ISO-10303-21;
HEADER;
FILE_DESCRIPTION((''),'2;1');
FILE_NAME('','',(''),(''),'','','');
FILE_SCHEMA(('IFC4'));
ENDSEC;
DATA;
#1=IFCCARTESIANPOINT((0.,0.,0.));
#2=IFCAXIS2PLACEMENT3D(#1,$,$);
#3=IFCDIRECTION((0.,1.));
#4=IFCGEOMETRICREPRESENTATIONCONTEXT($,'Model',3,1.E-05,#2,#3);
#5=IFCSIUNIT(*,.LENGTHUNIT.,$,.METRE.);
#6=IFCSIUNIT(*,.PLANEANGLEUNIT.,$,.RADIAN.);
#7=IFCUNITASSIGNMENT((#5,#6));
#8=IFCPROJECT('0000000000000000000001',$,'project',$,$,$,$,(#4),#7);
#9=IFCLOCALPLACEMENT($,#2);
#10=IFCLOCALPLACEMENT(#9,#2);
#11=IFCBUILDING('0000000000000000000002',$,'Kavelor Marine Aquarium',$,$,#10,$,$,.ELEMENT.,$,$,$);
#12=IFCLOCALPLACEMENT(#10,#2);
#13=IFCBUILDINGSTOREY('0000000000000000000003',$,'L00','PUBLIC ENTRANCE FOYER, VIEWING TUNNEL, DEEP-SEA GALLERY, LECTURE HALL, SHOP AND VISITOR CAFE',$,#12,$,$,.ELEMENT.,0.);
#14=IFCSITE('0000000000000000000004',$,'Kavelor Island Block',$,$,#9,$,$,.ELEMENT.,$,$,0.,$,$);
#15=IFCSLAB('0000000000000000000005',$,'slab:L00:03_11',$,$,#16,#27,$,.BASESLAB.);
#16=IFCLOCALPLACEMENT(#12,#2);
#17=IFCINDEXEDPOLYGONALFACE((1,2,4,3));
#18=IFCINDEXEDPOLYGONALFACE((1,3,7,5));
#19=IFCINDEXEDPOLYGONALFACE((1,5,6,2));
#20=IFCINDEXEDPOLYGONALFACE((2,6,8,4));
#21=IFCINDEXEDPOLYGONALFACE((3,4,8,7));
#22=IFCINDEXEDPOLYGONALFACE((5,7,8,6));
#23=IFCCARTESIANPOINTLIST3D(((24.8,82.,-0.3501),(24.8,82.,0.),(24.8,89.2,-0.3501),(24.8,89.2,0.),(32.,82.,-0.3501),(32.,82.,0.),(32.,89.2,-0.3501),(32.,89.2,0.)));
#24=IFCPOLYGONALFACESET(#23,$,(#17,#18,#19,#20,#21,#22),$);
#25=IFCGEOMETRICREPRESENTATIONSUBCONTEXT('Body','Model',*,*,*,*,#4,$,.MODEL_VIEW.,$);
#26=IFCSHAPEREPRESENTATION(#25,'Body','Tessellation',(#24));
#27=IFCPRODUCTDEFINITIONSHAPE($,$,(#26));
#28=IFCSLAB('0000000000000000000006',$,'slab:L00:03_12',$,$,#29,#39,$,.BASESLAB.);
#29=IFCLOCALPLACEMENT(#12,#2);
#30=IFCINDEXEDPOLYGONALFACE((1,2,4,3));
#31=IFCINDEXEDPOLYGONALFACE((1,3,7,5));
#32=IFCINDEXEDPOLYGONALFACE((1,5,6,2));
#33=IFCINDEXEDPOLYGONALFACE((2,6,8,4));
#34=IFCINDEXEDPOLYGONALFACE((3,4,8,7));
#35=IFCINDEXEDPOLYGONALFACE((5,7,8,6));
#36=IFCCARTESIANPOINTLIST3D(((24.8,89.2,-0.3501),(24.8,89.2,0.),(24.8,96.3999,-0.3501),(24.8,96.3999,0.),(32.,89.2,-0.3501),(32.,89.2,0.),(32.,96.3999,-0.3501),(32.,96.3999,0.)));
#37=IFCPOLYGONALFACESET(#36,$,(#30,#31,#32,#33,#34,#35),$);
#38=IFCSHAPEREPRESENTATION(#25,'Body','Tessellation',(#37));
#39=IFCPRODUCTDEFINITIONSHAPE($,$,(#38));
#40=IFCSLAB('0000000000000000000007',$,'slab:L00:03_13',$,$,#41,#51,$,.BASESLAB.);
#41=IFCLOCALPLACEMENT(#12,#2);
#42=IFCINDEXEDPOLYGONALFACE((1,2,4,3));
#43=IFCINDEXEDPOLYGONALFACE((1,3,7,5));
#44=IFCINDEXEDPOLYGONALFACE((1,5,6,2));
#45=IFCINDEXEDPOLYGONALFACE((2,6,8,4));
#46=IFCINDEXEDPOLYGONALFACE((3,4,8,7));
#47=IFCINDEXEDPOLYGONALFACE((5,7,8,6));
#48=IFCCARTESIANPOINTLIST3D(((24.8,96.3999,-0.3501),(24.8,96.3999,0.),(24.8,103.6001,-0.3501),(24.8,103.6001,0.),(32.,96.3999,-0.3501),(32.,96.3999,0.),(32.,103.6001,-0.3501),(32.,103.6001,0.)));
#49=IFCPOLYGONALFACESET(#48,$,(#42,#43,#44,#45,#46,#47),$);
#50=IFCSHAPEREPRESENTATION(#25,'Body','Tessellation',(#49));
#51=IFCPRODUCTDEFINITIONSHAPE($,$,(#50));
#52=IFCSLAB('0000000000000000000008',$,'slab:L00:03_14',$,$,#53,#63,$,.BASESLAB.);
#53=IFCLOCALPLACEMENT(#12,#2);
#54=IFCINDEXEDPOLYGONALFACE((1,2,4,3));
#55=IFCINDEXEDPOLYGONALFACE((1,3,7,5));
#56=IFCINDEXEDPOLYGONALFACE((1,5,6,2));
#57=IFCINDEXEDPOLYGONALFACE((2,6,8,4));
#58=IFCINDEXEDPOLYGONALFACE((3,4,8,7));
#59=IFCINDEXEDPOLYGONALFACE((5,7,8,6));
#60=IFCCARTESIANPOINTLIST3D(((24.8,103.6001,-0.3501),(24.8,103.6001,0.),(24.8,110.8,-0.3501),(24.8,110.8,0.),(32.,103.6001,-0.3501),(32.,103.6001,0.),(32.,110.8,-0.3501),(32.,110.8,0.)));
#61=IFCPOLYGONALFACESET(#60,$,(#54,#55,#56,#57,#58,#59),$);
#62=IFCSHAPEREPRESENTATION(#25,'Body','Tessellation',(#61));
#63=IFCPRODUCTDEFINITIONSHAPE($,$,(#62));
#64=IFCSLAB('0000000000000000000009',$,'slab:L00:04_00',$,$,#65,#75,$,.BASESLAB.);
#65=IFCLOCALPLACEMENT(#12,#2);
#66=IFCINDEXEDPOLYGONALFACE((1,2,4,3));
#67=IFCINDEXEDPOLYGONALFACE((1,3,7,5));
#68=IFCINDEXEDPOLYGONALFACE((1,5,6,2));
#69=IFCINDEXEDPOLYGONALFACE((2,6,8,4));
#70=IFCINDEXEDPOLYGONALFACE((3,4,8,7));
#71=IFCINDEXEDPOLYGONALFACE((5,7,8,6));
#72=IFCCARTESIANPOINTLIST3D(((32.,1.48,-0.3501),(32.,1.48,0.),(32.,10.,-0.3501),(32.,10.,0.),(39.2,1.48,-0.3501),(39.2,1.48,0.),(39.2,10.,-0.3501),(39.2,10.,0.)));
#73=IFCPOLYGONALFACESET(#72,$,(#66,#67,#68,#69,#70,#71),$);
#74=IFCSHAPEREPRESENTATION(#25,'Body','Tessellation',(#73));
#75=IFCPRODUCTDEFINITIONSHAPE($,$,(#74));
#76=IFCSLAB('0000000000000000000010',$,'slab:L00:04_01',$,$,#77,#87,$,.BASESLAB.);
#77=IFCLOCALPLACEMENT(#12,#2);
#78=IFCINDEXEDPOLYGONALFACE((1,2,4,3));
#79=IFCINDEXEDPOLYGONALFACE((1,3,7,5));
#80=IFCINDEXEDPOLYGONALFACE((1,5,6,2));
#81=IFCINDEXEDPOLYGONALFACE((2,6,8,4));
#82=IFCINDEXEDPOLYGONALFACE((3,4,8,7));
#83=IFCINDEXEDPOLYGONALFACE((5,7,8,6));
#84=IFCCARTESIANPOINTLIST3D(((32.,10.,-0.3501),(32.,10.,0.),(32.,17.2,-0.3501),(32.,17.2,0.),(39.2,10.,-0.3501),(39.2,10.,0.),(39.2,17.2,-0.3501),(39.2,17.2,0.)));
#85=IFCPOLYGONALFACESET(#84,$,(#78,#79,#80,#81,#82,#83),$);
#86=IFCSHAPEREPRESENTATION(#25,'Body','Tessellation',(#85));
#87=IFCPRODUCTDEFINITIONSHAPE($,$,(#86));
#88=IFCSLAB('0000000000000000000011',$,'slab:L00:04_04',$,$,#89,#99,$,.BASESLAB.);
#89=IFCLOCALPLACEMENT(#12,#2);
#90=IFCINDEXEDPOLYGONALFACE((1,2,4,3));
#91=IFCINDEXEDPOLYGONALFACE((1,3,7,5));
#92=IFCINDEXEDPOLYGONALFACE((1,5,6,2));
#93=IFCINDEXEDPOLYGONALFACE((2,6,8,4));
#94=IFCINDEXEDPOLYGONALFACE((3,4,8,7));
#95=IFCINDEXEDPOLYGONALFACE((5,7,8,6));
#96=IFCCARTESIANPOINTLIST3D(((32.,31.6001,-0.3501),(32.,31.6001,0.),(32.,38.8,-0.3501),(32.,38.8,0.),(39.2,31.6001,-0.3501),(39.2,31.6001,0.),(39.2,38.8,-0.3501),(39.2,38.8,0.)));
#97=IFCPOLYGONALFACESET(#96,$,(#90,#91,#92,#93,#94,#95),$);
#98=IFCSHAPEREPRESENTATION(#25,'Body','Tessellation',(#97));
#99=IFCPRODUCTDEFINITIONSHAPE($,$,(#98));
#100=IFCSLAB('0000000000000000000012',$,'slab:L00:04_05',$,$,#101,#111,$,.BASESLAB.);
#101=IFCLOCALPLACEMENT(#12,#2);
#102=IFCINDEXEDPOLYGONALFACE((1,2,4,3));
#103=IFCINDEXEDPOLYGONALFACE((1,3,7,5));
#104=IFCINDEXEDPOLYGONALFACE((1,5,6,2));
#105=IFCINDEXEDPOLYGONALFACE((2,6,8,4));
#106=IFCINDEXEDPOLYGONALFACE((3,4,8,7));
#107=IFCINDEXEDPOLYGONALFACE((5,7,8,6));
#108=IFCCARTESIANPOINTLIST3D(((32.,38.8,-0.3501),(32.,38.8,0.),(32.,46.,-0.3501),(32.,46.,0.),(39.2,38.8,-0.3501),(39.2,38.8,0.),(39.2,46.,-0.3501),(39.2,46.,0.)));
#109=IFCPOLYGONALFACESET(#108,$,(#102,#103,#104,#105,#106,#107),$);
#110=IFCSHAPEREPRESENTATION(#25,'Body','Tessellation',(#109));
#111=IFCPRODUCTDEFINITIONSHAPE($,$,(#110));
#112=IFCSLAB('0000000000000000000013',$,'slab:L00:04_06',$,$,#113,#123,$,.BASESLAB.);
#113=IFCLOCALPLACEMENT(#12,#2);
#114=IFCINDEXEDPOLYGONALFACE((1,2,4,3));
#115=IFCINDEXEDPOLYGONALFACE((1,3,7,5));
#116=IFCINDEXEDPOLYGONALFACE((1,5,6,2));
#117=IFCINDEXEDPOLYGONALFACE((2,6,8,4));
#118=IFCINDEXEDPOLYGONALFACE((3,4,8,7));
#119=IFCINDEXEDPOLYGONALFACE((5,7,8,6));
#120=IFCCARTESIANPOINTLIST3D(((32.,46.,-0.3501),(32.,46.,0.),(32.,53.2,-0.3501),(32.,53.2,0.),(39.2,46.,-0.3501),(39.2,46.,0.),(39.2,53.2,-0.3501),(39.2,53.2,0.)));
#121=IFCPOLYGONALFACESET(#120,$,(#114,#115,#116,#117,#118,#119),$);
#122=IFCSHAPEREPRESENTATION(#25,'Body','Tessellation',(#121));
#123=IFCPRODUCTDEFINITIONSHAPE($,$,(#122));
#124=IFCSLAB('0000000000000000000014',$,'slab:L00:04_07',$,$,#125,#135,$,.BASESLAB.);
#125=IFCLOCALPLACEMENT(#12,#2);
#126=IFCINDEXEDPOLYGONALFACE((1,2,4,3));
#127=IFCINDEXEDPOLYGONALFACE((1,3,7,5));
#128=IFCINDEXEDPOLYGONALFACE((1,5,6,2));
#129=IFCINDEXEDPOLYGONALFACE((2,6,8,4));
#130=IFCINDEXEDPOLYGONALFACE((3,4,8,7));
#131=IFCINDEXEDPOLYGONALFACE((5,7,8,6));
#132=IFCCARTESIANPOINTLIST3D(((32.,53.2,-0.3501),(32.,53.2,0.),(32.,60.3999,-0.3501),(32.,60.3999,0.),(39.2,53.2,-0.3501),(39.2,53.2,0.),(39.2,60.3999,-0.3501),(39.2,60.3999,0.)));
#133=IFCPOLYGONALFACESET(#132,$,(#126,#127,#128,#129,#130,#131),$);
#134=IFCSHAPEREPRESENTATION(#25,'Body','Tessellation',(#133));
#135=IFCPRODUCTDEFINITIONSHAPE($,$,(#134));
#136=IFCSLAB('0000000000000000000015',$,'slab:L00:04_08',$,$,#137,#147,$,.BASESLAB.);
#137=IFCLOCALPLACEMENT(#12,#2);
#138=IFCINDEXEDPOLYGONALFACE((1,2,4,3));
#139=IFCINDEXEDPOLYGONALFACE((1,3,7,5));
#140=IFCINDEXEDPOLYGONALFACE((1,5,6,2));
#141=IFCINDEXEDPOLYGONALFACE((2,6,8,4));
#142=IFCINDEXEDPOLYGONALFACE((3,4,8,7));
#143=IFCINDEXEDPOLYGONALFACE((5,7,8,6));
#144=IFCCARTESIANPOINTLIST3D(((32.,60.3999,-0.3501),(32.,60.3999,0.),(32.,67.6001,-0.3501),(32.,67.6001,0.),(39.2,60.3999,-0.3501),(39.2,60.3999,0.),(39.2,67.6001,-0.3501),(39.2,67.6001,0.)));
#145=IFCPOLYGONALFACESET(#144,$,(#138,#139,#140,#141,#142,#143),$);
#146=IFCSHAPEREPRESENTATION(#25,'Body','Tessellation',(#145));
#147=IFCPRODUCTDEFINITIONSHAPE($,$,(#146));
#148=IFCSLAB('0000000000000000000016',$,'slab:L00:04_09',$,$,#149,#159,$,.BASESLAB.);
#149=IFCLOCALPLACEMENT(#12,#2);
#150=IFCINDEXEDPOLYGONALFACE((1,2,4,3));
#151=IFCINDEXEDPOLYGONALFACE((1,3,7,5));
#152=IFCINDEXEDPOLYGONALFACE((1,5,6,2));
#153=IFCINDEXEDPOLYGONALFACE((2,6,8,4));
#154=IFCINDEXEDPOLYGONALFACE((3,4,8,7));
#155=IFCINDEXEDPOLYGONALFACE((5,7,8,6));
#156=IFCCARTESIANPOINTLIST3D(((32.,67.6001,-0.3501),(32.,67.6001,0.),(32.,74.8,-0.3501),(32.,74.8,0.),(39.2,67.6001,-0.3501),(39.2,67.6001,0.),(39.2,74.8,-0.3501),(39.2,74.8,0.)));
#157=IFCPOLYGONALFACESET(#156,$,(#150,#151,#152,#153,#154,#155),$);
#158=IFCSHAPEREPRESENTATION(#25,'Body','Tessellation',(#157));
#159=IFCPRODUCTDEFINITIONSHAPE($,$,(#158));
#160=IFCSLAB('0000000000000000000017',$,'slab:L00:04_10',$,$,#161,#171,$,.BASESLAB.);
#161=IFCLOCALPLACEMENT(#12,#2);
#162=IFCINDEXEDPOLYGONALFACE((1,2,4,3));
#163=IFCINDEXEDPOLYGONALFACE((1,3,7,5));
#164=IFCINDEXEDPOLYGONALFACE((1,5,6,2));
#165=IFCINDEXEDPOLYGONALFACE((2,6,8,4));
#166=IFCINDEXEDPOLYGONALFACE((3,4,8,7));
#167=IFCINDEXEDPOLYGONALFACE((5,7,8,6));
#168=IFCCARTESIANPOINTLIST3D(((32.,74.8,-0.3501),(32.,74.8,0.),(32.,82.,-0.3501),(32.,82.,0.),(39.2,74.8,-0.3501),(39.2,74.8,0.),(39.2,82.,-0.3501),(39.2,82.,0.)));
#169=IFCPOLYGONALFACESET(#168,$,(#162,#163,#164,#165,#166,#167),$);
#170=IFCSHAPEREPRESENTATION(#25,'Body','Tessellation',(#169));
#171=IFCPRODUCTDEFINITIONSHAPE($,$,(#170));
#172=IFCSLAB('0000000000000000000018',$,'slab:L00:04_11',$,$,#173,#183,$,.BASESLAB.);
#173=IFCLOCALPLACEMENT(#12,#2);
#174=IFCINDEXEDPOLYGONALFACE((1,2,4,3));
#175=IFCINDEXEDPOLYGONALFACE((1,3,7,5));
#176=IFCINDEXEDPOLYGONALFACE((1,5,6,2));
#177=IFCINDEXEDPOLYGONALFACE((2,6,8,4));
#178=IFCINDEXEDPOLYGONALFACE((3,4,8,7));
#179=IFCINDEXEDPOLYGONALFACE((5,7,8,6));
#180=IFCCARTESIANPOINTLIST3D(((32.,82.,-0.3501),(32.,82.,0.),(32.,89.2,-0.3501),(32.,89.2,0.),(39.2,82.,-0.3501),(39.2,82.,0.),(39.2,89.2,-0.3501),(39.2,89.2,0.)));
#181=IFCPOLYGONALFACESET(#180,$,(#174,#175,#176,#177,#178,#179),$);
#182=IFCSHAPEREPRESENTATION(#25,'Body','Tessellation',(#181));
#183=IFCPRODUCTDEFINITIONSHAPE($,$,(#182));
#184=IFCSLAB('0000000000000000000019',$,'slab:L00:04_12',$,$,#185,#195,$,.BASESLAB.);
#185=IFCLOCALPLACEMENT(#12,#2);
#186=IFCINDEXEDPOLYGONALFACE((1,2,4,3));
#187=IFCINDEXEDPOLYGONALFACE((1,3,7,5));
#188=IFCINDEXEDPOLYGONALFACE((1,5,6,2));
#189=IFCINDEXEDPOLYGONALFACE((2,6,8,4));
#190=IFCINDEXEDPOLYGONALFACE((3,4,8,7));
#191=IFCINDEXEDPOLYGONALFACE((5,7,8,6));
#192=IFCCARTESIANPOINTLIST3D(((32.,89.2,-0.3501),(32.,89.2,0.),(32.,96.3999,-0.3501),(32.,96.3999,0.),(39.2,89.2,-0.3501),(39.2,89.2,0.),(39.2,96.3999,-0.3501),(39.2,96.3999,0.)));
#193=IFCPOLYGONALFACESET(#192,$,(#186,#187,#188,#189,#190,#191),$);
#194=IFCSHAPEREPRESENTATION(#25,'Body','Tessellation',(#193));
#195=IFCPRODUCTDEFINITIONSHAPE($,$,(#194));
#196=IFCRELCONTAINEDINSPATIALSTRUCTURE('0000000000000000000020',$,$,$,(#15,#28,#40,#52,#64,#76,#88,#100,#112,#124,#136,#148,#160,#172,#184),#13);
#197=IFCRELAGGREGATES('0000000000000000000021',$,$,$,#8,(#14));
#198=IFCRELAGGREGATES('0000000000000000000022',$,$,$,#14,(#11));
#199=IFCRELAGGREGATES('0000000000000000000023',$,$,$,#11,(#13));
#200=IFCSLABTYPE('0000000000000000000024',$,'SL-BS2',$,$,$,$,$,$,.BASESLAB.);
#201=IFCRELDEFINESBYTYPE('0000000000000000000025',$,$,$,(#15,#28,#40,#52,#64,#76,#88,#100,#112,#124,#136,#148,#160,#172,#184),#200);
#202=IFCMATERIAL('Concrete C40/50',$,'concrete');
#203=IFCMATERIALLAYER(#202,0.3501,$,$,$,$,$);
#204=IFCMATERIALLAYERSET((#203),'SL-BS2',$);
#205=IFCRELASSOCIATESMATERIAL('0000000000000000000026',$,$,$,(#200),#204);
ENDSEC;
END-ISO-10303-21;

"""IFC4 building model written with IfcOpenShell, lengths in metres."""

from ifc_helpers import new_model, si_unit, direction, frame, origin, place, context, subcontext, project, spatial, polyline, outline, extrude, material, layer, layer_set, type_object, element, save


model = new_model("IFC4")

# Units and contexts
model_context = context("Model", 3, precision=1e-05, world=origin(), true_north=direction((0.0, 1.0)))
body_context = subcontext(model_context, "Body", "Model", "MODEL_VIEW")
ifc_project = project(units=[si_unit("LENGTHUNIT", "METRE"), si_unit("PLANEANGLEUNIT", "RADIAN")], contexts=[model_context])

# Site, building, storey
site_placement = place(None, origin())
site = spatial("IfcSite", under=ifc_project, at=site_placement, Name="Kavelor Island Block", CompositionType="ELEMENT", RefElevation=0.0)
building_placement = place(site_placement, origin())
building = spatial("IfcBuilding", under=site, at=building_placement, Name="Kavelor Marine Aquarium", CompositionType="ELEMENT")
storey_placement = place(building_placement, origin())
storey = spatial("IfcBuildingStorey", under=building, at=storey_placement, Name="L00", Description="PUBLIC ENTRANCE FOYER, VIEWING TUNNEL, DEEP-SEA GALLERY, LECTURE HALL, SHOP AND VISITOR CAFE", CompositionType="ELEMENT", Elevation=0.0)

# Slabs
ifc_material = material(Name="Concrete C40/50", Category="concrete")
ifc_layer = layer(ifc_material, 0.3501)
ifc_layer_set = layer_set([ifc_layer], Name="SL-BS2")
slab_type = type_object("IfcSlabType", Name="SL-BS2", PredefinedType="BASESLAB", material=ifc_layer_set)
slab_1_placement = place(storey_placement, frame((0.0, 0.0, -0.3501)))
element("IfcSlab", 1, at=slab_1_placement, inside=storey, type_object=slab_type, Name="slab:L00:03_11", PredefinedType="BASESLAB", context=body_context, shape_type="SweptSolid", body=[
    extrude(outline(polyline([(24.8, 82.0), (32.0, 82.0), (32.0, 89.2), (24.8, 89.2), (24.8, 82.0)])), origin(), (0.0, 0.0, 1.0), 0.3501),
])
slab_2_placement = place(storey_placement, frame((0.0, 0.0, -0.3501)))
element("IfcSlab", 2, at=slab_2_placement, inside=storey, type_object=slab_type, Name="slab:L00:03_12", PredefinedType="BASESLAB", context=body_context, shape_type="SweptSolid", body=[
    extrude(outline(polyline([(24.8, 89.2), (32.0, 89.2), (32.0, 96.3999), (24.8, 96.3999), (24.8, 89.2)])), origin(), (0.0, 0.0, 1.0), 0.3501),
])
slab_3_placement = place(storey_placement, frame((0.0, 0.0, -0.3501)))
element("IfcSlab", 3, at=slab_3_placement, inside=storey, type_object=slab_type, Name="slab:L00:03_13", PredefinedType="BASESLAB", context=body_context, shape_type="SweptSolid", body=[
    extrude(outline(polyline([(24.8, 96.3999), (32.0, 96.3999), (32.0, 103.6001), (24.8, 103.6001), (24.8, 96.3999)])), origin(), (0.0, 0.0, 1.0), 0.3501),
])
slab_4_placement = place(storey_placement, frame((0.0, 0.0, -0.3501)))
element("IfcSlab", 4, at=slab_4_placement, inside=storey, type_object=slab_type, Name="slab:L00:03_14", PredefinedType="BASESLAB", context=body_context, shape_type="SweptSolid", body=[
    extrude(outline(polyline([(24.8, 103.6001), (32.0, 103.6001), (32.0, 110.8), (24.8, 110.8), (24.8, 103.6001)])), origin(), (0.0, 0.0, 1.0), 0.3501),
])
slab_5_placement = place(storey_placement, frame((0.0, 0.0, -0.3501)))
element("IfcSlab", 5, at=slab_5_placement, inside=storey, type_object=slab_type, Name="slab:L00:04_00", PredefinedType="BASESLAB", context=body_context, shape_type="SweptSolid", body=[
    extrude(outline(polyline([(32.0, 1.48), (39.2, 1.48), (39.2, 10.0), (32.0, 10.0), (32.0, 1.48)])), origin(), (0.0, 0.0, 1.0), 0.3501),
])
slab_6_placement = place(storey_placement, frame((0.0, 0.0, -0.3501)))
element("IfcSlab", 6, at=slab_6_placement, inside=storey, type_object=slab_type, Name="slab:L00:04_01", PredefinedType="BASESLAB", context=body_context, shape_type="SweptSolid", body=[
    extrude(outline(polyline([(32.0, 10.0), (39.2, 10.0), (39.2, 17.2), (32.0, 17.2), (32.0, 10.0)])), origin(), (0.0, 0.0, 1.0), 0.3501),
])
slab_7_placement = place(storey_placement, frame((0.0, 0.0, -0.3501)))
element("IfcSlab", 7, at=slab_7_placement, inside=storey, type_object=slab_type, Name="slab:L00:04_04", PredefinedType="BASESLAB", context=body_context, shape_type="SweptSolid", body=[
    extrude(outline(polyline([(32.0, 31.6001), (39.2, 31.6001), (39.2, 38.8), (32.0, 38.8), (32.0, 31.6001)])), origin(), (0.0, 0.0, 1.0), 0.3501),
])
slab_8_placement = place(storey_placement, frame((0.0, 0.0, -0.3501)))
element("IfcSlab", 8, at=slab_8_placement, inside=storey, type_object=slab_type, Name="slab:L00:04_05", PredefinedType="BASESLAB", context=body_context, shape_type="SweptSolid", body=[
    extrude(outline(polyline([(32.0, 38.8), (39.2, 38.8), (39.2, 46.0), (32.0, 46.0), (32.0, 38.8)])), origin(), (0.0, 0.0, 1.0), 0.3501),
])
slab_9_placement = place(storey_placement, frame((0.0, 0.0, -0.3501)))
element("IfcSlab", 9, at=slab_9_placement, inside=storey, type_object=slab_type, Name="slab:L00:04_06", PredefinedType="BASESLAB", context=body_context, shape_type="SweptSolid", body=[
    extrude(outline(polyline([(32.0, 46.0), (39.2, 46.0), (39.2, 53.2), (32.0, 53.2), (32.0, 46.0)])), origin(), (0.0, 0.0, 1.0), 0.3501),
])
slab_10_placement = place(storey_placement, frame((0.0, 0.0, -0.3501)))
element("IfcSlab", 10, at=slab_10_placement, inside=storey, type_object=slab_type, Name="slab:L00:04_07", PredefinedType="BASESLAB", context=body_context, shape_type="SweptSolid", body=[
    extrude(outline(polyline([(32.0, 53.2), (39.2, 53.2), (39.2, 60.3999), (32.0, 60.3999), (32.0, 53.2)])), origin(), (0.0, 0.0, 1.0), 0.3501),
])
slab_11_placement = place(storey_placement, frame((0.0, 0.0, -0.3501)))
element("IfcSlab", 11, at=slab_11_placement, inside=storey, type_object=slab_type, Name="slab:L00:04_08", PredefinedType="BASESLAB", context=body_context, shape_type="SweptSolid", body=[
    extrude(outline(polyline([(32.0, 60.3999), (39.2, 60.3999), (39.2, 67.6001), (32.0, 67.6001), (32.0, 60.3999)])), origin(), (0.0, 0.0, 1.0), 0.3501),
])
slab_12_placement = place(storey_placement, frame((0.0, 0.0, -0.3501)))
element("IfcSlab", 12, at=slab_12_placement, inside=storey, type_object=slab_type, Name="slab:L00:04_09", PredefinedType="BASESLAB", context=body_context, shape_type="SweptSolid", body=[
    extrude(outline(polyline([(32.0, 67.6001), (39.2, 67.6001), (39.2, 74.8), (32.0, 74.8), (32.0, 67.6001)])), origin(), (0.0, 0.0, 1.0), 0.3501),
])
slab_13_placement = place(storey_placement, frame((0.0, 0.0, -0.3501)))
element("IfcSlab", 13, at=slab_13_placement, inside=storey, type_object=slab_type, Name="slab:L00:04_10", PredefinedType="BASESLAB", context=body_context, shape_type="SweptSolid", body=[
    extrude(outline(polyline([(32.0, 74.8), (39.2, 74.8), (39.2, 82.0), (32.0, 82.0), (32.0, 74.8)])), origin(), (0.0, 0.0, 1.0), 0.3501),
])
slab_14_placement = place(storey_placement, frame((0.0, 0.0, -0.3501)))
element("IfcSlab", 14, at=slab_14_placement, inside=storey, type_object=slab_type, Name="slab:L00:04_11", PredefinedType="BASESLAB", context=body_context, shape_type="SweptSolid", body=[
    extrude(outline(polyline([(32.0, 82.0), (39.2, 82.0), (39.2, 89.2), (32.0, 89.2), (32.0, 82.0)])), origin(), (0.0, 0.0, 1.0), 0.3501),
])
slab_15_placement = place(storey_placement, frame((0.0, 0.0, -0.3501)))
element("IfcSlab", 15, at=slab_15_placement, inside=storey, type_object=slab_type, Name="slab:L00:04_12", PredefinedType="BASESLAB", context=body_context, shape_type="SweptSolid", body=[
    extrude(outline(polyline([(32.0, 89.2), (39.2, 89.2), (39.2, 96.3999), (32.0, 96.3999), (32.0, 89.2)])), origin(), (0.0, 0.0, 1.0), 0.3501),
])

save(model, "model.ifc")
